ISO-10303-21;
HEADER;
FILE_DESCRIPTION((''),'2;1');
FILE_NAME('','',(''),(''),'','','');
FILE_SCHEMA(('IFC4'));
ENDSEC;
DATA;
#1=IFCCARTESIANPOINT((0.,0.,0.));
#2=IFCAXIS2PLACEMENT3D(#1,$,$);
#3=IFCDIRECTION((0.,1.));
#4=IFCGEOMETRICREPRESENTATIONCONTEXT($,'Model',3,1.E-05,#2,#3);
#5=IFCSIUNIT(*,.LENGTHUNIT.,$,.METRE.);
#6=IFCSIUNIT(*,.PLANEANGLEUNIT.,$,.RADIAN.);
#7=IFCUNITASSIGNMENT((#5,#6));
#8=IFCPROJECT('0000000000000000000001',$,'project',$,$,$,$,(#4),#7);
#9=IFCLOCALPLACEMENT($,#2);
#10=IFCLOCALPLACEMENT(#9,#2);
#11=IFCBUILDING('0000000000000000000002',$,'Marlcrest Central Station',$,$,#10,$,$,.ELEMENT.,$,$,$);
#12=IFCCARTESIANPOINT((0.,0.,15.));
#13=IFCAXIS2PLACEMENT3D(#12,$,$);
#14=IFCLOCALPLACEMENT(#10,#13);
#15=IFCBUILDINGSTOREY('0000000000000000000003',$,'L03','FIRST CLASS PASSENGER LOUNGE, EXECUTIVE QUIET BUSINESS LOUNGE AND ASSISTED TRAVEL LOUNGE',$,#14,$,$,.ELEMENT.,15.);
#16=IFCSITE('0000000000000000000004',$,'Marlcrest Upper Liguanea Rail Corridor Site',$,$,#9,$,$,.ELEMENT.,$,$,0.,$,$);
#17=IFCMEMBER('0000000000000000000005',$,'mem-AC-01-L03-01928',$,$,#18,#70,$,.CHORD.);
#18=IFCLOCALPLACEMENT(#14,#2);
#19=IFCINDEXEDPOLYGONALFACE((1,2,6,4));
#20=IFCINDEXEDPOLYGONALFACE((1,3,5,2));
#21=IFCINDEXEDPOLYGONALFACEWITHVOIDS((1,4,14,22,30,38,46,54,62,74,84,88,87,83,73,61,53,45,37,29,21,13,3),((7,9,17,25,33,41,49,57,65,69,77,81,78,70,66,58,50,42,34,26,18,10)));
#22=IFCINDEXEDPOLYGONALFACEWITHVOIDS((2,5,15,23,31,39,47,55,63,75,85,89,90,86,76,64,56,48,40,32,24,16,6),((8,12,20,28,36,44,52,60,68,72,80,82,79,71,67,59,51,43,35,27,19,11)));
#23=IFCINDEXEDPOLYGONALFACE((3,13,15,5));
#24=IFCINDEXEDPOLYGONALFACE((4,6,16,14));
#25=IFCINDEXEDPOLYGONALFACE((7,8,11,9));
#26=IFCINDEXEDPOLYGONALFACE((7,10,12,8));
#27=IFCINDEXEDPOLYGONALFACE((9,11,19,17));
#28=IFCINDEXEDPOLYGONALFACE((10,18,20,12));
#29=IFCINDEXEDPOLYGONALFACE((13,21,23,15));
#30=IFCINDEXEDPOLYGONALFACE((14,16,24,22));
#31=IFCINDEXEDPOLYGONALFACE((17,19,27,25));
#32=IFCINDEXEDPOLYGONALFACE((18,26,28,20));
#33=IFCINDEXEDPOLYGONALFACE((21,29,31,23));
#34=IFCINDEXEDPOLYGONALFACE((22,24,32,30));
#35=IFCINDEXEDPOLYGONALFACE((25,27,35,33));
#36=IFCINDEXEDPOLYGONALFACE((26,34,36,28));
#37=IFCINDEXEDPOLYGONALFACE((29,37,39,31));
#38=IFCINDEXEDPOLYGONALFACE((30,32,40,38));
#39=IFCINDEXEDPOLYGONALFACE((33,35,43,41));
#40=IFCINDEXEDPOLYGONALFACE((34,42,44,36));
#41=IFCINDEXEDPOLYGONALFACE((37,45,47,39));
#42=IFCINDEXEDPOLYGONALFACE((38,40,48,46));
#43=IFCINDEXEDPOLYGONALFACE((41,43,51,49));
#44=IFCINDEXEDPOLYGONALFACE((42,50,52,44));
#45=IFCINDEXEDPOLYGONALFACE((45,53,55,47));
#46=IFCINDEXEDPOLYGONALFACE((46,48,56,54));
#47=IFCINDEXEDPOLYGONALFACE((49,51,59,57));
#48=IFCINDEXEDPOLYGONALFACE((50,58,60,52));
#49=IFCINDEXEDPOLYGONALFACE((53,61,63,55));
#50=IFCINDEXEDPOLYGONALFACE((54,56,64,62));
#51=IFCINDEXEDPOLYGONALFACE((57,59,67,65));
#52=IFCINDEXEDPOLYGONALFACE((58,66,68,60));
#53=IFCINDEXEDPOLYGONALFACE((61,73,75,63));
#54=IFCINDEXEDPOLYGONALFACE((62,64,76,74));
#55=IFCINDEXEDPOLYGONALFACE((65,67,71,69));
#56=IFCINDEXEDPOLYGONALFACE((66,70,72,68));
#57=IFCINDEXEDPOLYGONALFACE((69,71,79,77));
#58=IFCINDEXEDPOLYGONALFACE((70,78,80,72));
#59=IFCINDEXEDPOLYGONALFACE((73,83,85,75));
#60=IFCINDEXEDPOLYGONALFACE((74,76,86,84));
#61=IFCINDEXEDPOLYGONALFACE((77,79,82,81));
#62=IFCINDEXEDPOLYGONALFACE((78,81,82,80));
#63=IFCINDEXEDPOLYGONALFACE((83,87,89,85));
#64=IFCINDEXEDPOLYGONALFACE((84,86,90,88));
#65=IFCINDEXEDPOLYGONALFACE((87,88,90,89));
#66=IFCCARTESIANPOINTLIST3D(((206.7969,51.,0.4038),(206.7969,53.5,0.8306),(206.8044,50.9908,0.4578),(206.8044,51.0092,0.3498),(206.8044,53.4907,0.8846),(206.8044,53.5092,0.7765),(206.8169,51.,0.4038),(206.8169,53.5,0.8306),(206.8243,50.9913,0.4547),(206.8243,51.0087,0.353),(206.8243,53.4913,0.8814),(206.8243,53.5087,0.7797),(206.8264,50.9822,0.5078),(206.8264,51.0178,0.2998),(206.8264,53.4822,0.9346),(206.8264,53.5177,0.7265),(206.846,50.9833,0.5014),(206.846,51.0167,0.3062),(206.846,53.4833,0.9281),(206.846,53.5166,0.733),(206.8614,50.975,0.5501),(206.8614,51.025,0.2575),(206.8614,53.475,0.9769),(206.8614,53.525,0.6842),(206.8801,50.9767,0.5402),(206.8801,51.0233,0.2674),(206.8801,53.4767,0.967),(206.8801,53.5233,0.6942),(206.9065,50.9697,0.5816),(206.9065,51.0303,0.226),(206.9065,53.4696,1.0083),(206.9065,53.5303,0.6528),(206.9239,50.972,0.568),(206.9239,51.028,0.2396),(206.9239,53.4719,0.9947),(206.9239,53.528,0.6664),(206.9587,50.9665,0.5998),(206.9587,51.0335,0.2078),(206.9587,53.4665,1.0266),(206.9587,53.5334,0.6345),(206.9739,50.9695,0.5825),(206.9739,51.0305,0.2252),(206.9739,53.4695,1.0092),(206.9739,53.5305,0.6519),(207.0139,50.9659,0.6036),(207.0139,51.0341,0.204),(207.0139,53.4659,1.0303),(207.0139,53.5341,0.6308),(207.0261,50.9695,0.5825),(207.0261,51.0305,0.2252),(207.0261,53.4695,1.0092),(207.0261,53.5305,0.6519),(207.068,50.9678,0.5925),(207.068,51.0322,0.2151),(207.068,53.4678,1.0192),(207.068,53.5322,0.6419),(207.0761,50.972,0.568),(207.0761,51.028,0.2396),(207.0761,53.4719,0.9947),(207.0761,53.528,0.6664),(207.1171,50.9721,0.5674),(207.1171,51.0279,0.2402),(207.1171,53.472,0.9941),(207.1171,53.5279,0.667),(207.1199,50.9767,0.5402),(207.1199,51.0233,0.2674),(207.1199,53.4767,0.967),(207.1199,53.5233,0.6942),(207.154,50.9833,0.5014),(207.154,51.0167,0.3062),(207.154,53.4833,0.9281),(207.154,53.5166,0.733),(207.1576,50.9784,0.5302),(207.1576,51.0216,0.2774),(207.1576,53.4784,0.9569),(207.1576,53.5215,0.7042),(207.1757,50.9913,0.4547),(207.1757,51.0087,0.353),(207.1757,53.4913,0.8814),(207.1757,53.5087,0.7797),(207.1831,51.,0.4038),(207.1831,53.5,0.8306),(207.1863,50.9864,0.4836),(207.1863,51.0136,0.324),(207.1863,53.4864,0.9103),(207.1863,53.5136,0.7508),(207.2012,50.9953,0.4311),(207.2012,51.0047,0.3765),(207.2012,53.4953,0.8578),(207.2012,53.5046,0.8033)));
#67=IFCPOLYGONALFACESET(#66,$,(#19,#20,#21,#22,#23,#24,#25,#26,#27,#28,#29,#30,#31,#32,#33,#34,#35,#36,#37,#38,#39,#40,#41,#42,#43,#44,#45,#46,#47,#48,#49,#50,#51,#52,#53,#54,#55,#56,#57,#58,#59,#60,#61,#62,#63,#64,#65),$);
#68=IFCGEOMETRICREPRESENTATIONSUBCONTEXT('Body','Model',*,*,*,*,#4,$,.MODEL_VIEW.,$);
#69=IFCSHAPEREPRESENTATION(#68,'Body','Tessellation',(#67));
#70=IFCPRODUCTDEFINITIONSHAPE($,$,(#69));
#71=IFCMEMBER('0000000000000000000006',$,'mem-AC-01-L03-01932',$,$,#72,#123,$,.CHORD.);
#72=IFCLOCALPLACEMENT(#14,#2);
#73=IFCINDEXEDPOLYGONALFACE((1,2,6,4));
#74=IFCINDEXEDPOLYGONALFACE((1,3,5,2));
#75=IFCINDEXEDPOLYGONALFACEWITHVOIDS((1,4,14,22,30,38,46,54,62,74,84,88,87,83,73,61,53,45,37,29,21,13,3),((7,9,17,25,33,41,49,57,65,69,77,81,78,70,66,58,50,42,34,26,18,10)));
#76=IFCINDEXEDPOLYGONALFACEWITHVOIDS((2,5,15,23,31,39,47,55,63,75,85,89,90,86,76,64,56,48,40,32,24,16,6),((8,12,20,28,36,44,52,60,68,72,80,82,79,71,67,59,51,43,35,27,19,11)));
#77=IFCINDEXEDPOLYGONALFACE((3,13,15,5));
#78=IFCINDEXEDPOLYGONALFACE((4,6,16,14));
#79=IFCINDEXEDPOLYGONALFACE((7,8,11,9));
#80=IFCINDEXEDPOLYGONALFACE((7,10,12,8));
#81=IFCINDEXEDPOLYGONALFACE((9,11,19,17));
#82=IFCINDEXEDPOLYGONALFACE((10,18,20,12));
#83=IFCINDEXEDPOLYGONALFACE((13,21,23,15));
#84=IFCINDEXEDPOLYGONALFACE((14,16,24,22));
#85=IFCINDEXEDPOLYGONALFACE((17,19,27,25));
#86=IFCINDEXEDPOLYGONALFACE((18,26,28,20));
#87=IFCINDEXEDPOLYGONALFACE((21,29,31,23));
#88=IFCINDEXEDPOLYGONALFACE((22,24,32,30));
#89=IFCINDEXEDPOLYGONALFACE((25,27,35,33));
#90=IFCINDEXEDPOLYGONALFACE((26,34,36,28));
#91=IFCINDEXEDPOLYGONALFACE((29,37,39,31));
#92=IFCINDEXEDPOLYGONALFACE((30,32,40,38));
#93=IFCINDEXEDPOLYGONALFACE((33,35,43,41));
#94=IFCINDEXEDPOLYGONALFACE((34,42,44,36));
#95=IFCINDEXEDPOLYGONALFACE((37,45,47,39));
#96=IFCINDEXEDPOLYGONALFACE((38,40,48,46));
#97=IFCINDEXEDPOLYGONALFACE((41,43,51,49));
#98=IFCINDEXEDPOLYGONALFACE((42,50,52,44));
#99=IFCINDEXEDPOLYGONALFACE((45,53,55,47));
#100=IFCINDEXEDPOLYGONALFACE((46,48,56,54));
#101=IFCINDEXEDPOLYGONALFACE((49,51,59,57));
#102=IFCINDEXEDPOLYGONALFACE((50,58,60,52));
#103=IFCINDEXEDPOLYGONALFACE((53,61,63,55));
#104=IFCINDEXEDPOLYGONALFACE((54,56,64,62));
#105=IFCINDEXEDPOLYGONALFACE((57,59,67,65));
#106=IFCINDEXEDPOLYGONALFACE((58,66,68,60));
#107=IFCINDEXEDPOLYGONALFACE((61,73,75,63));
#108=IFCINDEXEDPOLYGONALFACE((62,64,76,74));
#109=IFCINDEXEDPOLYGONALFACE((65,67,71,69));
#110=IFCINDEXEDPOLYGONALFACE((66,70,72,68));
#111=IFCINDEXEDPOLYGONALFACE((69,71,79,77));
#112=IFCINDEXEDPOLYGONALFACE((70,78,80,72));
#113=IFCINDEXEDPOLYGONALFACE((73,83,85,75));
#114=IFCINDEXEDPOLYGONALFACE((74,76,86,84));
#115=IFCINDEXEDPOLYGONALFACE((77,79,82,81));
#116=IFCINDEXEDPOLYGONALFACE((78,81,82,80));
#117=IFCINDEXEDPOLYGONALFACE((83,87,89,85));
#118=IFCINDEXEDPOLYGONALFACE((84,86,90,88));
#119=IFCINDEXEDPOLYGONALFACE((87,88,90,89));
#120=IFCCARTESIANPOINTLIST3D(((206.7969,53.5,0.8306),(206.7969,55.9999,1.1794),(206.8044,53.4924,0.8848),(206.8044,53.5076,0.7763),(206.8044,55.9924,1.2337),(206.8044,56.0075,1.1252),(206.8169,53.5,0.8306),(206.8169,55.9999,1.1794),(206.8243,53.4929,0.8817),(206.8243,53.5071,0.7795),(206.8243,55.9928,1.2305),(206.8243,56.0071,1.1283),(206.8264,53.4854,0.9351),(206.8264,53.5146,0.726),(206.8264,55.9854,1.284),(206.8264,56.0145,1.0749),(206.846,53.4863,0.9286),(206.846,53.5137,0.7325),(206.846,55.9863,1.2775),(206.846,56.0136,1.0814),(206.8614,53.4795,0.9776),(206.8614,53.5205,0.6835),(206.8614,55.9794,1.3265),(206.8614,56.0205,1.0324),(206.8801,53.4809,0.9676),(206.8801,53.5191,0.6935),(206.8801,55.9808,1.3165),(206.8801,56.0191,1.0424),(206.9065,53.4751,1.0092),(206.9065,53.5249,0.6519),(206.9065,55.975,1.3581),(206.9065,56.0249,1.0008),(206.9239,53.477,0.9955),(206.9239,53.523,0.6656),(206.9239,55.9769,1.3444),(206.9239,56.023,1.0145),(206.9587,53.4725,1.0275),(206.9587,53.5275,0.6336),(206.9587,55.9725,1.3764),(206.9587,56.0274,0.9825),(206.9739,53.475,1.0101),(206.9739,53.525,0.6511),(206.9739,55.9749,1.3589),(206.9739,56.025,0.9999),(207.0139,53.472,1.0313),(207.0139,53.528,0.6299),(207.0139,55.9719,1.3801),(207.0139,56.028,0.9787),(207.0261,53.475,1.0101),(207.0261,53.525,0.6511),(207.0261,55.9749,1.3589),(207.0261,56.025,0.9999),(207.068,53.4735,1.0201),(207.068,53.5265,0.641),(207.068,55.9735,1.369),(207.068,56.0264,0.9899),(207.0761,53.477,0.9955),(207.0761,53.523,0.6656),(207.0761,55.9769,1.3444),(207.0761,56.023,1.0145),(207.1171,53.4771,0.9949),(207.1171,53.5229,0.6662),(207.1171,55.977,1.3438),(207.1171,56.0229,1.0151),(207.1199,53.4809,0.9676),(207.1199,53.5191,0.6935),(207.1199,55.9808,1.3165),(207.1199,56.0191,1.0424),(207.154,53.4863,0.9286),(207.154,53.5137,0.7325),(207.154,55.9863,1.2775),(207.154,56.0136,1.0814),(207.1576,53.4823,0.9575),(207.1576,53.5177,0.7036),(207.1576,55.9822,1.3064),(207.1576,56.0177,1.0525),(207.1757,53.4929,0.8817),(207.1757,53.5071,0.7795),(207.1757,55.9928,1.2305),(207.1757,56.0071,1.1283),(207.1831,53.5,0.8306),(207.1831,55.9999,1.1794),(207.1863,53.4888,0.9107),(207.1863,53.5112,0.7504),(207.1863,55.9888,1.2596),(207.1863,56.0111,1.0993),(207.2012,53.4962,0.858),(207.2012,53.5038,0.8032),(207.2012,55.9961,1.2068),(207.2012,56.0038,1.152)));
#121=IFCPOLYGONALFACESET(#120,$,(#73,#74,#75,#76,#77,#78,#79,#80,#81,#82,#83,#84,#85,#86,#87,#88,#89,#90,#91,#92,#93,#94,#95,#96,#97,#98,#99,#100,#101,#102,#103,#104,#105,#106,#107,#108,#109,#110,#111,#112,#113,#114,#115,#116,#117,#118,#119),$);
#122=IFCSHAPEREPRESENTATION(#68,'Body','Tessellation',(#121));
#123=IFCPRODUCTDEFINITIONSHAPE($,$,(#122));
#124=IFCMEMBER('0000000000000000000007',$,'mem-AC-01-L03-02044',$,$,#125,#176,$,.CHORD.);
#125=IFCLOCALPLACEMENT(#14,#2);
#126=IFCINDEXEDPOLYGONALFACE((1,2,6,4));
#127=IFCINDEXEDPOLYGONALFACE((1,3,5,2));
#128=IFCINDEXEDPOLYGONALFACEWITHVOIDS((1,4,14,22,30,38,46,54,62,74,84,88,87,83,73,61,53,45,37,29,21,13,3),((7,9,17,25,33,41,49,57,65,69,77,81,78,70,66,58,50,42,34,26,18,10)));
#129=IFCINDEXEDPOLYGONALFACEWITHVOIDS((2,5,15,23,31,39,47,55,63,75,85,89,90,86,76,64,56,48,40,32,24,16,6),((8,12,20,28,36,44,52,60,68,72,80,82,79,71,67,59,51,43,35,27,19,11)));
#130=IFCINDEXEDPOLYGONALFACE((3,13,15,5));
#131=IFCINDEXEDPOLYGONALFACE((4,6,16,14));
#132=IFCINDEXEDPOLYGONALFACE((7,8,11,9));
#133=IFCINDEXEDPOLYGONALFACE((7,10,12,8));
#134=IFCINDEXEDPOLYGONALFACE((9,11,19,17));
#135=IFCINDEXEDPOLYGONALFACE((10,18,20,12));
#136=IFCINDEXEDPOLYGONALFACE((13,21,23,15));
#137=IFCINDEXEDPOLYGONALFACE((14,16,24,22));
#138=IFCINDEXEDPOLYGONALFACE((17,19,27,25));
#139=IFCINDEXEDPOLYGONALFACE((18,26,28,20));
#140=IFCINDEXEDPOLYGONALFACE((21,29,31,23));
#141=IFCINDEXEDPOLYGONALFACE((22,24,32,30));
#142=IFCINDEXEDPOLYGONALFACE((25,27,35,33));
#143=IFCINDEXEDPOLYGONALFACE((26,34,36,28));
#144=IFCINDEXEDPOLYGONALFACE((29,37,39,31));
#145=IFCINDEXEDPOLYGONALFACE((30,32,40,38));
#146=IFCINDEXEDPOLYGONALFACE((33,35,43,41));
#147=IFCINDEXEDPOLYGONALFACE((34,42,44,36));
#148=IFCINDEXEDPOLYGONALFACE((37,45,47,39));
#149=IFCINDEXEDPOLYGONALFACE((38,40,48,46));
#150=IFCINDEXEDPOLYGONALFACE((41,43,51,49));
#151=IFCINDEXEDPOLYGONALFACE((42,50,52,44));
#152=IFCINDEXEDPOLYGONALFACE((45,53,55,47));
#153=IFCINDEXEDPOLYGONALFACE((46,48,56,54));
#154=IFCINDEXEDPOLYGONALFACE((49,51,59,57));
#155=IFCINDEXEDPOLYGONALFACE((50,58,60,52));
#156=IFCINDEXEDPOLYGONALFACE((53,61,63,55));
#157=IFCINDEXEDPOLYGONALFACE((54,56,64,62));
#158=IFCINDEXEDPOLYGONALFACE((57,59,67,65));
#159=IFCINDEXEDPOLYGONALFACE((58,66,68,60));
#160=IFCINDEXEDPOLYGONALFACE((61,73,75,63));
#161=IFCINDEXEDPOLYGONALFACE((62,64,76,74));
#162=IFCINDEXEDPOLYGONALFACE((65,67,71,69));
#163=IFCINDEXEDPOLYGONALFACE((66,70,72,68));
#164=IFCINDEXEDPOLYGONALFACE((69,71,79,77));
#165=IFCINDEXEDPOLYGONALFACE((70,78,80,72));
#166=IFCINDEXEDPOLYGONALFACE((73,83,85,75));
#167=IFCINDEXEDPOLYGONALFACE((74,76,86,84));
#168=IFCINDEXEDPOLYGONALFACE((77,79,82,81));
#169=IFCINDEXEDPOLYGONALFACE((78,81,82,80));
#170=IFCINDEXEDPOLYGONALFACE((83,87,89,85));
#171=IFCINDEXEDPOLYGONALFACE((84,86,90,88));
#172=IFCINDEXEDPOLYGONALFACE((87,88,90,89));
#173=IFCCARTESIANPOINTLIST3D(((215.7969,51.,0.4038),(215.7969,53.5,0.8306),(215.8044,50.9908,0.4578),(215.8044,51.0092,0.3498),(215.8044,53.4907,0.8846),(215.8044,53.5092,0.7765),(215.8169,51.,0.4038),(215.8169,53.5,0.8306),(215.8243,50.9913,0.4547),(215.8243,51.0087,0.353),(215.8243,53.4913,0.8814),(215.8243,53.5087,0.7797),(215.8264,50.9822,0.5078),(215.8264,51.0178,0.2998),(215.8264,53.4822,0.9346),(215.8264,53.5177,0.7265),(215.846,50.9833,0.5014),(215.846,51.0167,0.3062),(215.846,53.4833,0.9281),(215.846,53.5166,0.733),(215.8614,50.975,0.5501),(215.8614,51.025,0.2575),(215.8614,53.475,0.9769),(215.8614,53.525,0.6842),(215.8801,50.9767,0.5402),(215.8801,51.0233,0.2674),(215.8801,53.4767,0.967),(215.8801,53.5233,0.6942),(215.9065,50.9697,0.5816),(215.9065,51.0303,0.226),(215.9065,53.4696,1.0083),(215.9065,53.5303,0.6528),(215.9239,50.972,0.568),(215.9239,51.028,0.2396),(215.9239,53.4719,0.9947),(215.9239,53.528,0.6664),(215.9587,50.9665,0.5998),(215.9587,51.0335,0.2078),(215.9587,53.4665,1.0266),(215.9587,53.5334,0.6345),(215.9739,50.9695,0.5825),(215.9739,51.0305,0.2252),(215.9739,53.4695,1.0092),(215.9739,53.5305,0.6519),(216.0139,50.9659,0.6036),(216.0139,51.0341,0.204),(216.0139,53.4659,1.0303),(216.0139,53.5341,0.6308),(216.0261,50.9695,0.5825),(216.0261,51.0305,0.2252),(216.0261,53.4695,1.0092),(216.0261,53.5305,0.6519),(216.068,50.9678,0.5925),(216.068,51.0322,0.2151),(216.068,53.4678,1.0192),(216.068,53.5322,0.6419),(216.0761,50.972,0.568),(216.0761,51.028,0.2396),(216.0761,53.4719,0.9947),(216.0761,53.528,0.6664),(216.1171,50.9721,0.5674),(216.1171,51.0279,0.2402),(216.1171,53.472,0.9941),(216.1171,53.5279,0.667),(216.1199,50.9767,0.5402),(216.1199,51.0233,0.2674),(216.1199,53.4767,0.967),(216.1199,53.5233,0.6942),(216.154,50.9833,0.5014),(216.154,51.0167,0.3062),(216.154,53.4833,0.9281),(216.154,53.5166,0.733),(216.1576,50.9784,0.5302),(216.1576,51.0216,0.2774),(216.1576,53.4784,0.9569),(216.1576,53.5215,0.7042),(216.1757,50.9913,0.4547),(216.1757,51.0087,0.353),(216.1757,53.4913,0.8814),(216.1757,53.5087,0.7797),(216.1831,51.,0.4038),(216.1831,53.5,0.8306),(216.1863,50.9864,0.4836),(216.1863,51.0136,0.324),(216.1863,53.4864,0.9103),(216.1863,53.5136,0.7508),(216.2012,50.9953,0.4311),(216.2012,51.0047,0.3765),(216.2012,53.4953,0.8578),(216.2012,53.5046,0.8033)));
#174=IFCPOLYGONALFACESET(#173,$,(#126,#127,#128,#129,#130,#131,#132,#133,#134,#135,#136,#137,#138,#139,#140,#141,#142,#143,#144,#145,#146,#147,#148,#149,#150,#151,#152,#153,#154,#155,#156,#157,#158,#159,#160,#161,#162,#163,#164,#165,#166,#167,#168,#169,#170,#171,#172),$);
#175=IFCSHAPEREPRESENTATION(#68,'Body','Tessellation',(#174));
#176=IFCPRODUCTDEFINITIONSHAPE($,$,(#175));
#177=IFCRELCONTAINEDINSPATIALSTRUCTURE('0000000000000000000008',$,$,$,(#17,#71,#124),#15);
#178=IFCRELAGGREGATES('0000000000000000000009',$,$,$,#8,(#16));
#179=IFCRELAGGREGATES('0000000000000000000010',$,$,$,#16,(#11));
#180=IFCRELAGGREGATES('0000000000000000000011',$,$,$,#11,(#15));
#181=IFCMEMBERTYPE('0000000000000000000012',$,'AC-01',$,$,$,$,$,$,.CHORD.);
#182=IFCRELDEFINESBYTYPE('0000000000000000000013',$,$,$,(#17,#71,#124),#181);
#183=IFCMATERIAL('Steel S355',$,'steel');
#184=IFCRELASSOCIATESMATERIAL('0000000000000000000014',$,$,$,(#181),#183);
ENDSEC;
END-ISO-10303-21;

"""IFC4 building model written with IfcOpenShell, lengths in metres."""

from ifc_helpers import new_model, si_unit, direction, frame, origin, origin_2d, place, context, subcontext, project, spatial, hollow_circle, extrude, material, material_profile, profile_set, type_object, element, save


model = new_model("IFC4")

# Units and contexts
model_context = context("Model", 3, precision=1e-05, world=origin(), true_north=direction((0.0, 1.0)))
body_context = subcontext(model_context, "Body", "Model", "MODEL_VIEW")
ifc_project = project(units=[si_unit("LENGTHUNIT", "METRE"), si_unit("PLANEANGLEUNIT", "RADIAN")], contexts=[model_context])

# Site, building, storey
site_placement = place(None, origin())
site = spatial("IfcSite", under=ifc_project, at=site_placement, Name="Marlcrest Upper Liguanea Rail Corridor Site", CompositionType="ELEMENT", RefElevation=0.0)
building_placement = place(site_placement, origin())
building = spatial("IfcBuilding", under=site, at=building_placement, Name="Marlcrest Central Station", CompositionType="ELEMENT")
storey_placement = place(building_placement, frame((0.0, 0.0, 15.0)))
storey = spatial("IfcBuildingStorey", under=building, at=storey_placement, Name="L03", Description="FIRST CLASS PASSENGER LOUNGE, EXECUTIVE QUIET BUSINESS LOUNGE AND ASSISTED TRAVEL LOUNGE", CompositionType="ELEMENT", Elevation=15.0)

# Members
ifc_material_1 = material(Name="Steel S355", Category="steel")
ifc_material_profile_1 = material_profile(ifc_material_1, hollow_circle(Radius=0.2031, WallThickness=0.02, at=origin_2d()), Name="CHS 406.4x20")
ifc_profile_set_1 = profile_set([ifc_material_profile_1], Name="Steel S355")
member_type_1 = type_object("IfcMemberType", Name="AC-01", PredefinedType="CHORD", material=ifc_profile_set_1)
member_1_placement = place(storey_placement, frame((207.0, 51.0, 0.4038), z_axis=(0.0, 0.985741, 0.168269), x_axis=(-1.0, 0.0, 0.0)))
element("IfcMember", 1, at=member_1_placement, inside=storey, type_object=member_type_1, Name="mem-AC-01-L03-01928", PredefinedType="CHORD", context=body_context, shape_type="SweptSolid", body=[
    extrude(hollow_circle(Radius=0.2031, WallThickness=0.02, at=origin_2d()), origin(), (0.0, 0.0, 1.0), 2.5361),
])
member_2_placement = place(storey_placement, frame((207.0, 53.5, 0.8306), z_axis=(0.0, 0.990403, 0.138211), x_axis=(-1.0, 0.0, 0.0)))
element("IfcMember", 2, at=member_2_placement, inside=storey, type_object=member_type_1, Name="mem-AC-01-L03-01932", PredefinedType="CHORD", context=body_context, shape_type="SweptSolid", body=[
    extrude(hollow_circle(Radius=0.2031, WallThickness=0.02, at=origin_2d()), origin(), (0.0, 0.0, 1.0), 2.5242),
])
member_3_placement = place(storey_placement, frame((216.0, 51.0, 0.4038), z_axis=(0.0, 0.985741, 0.168269), x_axis=(-1.0, 0.0, 0.0)))
element("IfcMember", 3, at=member_3_placement, inside=storey, type_object=member_type_1, Name="mem-AC-01-L03-02044", PredefinedType="CHORD", context=body_context, shape_type="SweptSolid", body=[
    extrude(hollow_circle(Radius=0.2031, WallThickness=0.02, at=origin_2d()), origin(), (0.0, 0.0, 1.0), 2.5361),
])

save(model, "model.ifc")
